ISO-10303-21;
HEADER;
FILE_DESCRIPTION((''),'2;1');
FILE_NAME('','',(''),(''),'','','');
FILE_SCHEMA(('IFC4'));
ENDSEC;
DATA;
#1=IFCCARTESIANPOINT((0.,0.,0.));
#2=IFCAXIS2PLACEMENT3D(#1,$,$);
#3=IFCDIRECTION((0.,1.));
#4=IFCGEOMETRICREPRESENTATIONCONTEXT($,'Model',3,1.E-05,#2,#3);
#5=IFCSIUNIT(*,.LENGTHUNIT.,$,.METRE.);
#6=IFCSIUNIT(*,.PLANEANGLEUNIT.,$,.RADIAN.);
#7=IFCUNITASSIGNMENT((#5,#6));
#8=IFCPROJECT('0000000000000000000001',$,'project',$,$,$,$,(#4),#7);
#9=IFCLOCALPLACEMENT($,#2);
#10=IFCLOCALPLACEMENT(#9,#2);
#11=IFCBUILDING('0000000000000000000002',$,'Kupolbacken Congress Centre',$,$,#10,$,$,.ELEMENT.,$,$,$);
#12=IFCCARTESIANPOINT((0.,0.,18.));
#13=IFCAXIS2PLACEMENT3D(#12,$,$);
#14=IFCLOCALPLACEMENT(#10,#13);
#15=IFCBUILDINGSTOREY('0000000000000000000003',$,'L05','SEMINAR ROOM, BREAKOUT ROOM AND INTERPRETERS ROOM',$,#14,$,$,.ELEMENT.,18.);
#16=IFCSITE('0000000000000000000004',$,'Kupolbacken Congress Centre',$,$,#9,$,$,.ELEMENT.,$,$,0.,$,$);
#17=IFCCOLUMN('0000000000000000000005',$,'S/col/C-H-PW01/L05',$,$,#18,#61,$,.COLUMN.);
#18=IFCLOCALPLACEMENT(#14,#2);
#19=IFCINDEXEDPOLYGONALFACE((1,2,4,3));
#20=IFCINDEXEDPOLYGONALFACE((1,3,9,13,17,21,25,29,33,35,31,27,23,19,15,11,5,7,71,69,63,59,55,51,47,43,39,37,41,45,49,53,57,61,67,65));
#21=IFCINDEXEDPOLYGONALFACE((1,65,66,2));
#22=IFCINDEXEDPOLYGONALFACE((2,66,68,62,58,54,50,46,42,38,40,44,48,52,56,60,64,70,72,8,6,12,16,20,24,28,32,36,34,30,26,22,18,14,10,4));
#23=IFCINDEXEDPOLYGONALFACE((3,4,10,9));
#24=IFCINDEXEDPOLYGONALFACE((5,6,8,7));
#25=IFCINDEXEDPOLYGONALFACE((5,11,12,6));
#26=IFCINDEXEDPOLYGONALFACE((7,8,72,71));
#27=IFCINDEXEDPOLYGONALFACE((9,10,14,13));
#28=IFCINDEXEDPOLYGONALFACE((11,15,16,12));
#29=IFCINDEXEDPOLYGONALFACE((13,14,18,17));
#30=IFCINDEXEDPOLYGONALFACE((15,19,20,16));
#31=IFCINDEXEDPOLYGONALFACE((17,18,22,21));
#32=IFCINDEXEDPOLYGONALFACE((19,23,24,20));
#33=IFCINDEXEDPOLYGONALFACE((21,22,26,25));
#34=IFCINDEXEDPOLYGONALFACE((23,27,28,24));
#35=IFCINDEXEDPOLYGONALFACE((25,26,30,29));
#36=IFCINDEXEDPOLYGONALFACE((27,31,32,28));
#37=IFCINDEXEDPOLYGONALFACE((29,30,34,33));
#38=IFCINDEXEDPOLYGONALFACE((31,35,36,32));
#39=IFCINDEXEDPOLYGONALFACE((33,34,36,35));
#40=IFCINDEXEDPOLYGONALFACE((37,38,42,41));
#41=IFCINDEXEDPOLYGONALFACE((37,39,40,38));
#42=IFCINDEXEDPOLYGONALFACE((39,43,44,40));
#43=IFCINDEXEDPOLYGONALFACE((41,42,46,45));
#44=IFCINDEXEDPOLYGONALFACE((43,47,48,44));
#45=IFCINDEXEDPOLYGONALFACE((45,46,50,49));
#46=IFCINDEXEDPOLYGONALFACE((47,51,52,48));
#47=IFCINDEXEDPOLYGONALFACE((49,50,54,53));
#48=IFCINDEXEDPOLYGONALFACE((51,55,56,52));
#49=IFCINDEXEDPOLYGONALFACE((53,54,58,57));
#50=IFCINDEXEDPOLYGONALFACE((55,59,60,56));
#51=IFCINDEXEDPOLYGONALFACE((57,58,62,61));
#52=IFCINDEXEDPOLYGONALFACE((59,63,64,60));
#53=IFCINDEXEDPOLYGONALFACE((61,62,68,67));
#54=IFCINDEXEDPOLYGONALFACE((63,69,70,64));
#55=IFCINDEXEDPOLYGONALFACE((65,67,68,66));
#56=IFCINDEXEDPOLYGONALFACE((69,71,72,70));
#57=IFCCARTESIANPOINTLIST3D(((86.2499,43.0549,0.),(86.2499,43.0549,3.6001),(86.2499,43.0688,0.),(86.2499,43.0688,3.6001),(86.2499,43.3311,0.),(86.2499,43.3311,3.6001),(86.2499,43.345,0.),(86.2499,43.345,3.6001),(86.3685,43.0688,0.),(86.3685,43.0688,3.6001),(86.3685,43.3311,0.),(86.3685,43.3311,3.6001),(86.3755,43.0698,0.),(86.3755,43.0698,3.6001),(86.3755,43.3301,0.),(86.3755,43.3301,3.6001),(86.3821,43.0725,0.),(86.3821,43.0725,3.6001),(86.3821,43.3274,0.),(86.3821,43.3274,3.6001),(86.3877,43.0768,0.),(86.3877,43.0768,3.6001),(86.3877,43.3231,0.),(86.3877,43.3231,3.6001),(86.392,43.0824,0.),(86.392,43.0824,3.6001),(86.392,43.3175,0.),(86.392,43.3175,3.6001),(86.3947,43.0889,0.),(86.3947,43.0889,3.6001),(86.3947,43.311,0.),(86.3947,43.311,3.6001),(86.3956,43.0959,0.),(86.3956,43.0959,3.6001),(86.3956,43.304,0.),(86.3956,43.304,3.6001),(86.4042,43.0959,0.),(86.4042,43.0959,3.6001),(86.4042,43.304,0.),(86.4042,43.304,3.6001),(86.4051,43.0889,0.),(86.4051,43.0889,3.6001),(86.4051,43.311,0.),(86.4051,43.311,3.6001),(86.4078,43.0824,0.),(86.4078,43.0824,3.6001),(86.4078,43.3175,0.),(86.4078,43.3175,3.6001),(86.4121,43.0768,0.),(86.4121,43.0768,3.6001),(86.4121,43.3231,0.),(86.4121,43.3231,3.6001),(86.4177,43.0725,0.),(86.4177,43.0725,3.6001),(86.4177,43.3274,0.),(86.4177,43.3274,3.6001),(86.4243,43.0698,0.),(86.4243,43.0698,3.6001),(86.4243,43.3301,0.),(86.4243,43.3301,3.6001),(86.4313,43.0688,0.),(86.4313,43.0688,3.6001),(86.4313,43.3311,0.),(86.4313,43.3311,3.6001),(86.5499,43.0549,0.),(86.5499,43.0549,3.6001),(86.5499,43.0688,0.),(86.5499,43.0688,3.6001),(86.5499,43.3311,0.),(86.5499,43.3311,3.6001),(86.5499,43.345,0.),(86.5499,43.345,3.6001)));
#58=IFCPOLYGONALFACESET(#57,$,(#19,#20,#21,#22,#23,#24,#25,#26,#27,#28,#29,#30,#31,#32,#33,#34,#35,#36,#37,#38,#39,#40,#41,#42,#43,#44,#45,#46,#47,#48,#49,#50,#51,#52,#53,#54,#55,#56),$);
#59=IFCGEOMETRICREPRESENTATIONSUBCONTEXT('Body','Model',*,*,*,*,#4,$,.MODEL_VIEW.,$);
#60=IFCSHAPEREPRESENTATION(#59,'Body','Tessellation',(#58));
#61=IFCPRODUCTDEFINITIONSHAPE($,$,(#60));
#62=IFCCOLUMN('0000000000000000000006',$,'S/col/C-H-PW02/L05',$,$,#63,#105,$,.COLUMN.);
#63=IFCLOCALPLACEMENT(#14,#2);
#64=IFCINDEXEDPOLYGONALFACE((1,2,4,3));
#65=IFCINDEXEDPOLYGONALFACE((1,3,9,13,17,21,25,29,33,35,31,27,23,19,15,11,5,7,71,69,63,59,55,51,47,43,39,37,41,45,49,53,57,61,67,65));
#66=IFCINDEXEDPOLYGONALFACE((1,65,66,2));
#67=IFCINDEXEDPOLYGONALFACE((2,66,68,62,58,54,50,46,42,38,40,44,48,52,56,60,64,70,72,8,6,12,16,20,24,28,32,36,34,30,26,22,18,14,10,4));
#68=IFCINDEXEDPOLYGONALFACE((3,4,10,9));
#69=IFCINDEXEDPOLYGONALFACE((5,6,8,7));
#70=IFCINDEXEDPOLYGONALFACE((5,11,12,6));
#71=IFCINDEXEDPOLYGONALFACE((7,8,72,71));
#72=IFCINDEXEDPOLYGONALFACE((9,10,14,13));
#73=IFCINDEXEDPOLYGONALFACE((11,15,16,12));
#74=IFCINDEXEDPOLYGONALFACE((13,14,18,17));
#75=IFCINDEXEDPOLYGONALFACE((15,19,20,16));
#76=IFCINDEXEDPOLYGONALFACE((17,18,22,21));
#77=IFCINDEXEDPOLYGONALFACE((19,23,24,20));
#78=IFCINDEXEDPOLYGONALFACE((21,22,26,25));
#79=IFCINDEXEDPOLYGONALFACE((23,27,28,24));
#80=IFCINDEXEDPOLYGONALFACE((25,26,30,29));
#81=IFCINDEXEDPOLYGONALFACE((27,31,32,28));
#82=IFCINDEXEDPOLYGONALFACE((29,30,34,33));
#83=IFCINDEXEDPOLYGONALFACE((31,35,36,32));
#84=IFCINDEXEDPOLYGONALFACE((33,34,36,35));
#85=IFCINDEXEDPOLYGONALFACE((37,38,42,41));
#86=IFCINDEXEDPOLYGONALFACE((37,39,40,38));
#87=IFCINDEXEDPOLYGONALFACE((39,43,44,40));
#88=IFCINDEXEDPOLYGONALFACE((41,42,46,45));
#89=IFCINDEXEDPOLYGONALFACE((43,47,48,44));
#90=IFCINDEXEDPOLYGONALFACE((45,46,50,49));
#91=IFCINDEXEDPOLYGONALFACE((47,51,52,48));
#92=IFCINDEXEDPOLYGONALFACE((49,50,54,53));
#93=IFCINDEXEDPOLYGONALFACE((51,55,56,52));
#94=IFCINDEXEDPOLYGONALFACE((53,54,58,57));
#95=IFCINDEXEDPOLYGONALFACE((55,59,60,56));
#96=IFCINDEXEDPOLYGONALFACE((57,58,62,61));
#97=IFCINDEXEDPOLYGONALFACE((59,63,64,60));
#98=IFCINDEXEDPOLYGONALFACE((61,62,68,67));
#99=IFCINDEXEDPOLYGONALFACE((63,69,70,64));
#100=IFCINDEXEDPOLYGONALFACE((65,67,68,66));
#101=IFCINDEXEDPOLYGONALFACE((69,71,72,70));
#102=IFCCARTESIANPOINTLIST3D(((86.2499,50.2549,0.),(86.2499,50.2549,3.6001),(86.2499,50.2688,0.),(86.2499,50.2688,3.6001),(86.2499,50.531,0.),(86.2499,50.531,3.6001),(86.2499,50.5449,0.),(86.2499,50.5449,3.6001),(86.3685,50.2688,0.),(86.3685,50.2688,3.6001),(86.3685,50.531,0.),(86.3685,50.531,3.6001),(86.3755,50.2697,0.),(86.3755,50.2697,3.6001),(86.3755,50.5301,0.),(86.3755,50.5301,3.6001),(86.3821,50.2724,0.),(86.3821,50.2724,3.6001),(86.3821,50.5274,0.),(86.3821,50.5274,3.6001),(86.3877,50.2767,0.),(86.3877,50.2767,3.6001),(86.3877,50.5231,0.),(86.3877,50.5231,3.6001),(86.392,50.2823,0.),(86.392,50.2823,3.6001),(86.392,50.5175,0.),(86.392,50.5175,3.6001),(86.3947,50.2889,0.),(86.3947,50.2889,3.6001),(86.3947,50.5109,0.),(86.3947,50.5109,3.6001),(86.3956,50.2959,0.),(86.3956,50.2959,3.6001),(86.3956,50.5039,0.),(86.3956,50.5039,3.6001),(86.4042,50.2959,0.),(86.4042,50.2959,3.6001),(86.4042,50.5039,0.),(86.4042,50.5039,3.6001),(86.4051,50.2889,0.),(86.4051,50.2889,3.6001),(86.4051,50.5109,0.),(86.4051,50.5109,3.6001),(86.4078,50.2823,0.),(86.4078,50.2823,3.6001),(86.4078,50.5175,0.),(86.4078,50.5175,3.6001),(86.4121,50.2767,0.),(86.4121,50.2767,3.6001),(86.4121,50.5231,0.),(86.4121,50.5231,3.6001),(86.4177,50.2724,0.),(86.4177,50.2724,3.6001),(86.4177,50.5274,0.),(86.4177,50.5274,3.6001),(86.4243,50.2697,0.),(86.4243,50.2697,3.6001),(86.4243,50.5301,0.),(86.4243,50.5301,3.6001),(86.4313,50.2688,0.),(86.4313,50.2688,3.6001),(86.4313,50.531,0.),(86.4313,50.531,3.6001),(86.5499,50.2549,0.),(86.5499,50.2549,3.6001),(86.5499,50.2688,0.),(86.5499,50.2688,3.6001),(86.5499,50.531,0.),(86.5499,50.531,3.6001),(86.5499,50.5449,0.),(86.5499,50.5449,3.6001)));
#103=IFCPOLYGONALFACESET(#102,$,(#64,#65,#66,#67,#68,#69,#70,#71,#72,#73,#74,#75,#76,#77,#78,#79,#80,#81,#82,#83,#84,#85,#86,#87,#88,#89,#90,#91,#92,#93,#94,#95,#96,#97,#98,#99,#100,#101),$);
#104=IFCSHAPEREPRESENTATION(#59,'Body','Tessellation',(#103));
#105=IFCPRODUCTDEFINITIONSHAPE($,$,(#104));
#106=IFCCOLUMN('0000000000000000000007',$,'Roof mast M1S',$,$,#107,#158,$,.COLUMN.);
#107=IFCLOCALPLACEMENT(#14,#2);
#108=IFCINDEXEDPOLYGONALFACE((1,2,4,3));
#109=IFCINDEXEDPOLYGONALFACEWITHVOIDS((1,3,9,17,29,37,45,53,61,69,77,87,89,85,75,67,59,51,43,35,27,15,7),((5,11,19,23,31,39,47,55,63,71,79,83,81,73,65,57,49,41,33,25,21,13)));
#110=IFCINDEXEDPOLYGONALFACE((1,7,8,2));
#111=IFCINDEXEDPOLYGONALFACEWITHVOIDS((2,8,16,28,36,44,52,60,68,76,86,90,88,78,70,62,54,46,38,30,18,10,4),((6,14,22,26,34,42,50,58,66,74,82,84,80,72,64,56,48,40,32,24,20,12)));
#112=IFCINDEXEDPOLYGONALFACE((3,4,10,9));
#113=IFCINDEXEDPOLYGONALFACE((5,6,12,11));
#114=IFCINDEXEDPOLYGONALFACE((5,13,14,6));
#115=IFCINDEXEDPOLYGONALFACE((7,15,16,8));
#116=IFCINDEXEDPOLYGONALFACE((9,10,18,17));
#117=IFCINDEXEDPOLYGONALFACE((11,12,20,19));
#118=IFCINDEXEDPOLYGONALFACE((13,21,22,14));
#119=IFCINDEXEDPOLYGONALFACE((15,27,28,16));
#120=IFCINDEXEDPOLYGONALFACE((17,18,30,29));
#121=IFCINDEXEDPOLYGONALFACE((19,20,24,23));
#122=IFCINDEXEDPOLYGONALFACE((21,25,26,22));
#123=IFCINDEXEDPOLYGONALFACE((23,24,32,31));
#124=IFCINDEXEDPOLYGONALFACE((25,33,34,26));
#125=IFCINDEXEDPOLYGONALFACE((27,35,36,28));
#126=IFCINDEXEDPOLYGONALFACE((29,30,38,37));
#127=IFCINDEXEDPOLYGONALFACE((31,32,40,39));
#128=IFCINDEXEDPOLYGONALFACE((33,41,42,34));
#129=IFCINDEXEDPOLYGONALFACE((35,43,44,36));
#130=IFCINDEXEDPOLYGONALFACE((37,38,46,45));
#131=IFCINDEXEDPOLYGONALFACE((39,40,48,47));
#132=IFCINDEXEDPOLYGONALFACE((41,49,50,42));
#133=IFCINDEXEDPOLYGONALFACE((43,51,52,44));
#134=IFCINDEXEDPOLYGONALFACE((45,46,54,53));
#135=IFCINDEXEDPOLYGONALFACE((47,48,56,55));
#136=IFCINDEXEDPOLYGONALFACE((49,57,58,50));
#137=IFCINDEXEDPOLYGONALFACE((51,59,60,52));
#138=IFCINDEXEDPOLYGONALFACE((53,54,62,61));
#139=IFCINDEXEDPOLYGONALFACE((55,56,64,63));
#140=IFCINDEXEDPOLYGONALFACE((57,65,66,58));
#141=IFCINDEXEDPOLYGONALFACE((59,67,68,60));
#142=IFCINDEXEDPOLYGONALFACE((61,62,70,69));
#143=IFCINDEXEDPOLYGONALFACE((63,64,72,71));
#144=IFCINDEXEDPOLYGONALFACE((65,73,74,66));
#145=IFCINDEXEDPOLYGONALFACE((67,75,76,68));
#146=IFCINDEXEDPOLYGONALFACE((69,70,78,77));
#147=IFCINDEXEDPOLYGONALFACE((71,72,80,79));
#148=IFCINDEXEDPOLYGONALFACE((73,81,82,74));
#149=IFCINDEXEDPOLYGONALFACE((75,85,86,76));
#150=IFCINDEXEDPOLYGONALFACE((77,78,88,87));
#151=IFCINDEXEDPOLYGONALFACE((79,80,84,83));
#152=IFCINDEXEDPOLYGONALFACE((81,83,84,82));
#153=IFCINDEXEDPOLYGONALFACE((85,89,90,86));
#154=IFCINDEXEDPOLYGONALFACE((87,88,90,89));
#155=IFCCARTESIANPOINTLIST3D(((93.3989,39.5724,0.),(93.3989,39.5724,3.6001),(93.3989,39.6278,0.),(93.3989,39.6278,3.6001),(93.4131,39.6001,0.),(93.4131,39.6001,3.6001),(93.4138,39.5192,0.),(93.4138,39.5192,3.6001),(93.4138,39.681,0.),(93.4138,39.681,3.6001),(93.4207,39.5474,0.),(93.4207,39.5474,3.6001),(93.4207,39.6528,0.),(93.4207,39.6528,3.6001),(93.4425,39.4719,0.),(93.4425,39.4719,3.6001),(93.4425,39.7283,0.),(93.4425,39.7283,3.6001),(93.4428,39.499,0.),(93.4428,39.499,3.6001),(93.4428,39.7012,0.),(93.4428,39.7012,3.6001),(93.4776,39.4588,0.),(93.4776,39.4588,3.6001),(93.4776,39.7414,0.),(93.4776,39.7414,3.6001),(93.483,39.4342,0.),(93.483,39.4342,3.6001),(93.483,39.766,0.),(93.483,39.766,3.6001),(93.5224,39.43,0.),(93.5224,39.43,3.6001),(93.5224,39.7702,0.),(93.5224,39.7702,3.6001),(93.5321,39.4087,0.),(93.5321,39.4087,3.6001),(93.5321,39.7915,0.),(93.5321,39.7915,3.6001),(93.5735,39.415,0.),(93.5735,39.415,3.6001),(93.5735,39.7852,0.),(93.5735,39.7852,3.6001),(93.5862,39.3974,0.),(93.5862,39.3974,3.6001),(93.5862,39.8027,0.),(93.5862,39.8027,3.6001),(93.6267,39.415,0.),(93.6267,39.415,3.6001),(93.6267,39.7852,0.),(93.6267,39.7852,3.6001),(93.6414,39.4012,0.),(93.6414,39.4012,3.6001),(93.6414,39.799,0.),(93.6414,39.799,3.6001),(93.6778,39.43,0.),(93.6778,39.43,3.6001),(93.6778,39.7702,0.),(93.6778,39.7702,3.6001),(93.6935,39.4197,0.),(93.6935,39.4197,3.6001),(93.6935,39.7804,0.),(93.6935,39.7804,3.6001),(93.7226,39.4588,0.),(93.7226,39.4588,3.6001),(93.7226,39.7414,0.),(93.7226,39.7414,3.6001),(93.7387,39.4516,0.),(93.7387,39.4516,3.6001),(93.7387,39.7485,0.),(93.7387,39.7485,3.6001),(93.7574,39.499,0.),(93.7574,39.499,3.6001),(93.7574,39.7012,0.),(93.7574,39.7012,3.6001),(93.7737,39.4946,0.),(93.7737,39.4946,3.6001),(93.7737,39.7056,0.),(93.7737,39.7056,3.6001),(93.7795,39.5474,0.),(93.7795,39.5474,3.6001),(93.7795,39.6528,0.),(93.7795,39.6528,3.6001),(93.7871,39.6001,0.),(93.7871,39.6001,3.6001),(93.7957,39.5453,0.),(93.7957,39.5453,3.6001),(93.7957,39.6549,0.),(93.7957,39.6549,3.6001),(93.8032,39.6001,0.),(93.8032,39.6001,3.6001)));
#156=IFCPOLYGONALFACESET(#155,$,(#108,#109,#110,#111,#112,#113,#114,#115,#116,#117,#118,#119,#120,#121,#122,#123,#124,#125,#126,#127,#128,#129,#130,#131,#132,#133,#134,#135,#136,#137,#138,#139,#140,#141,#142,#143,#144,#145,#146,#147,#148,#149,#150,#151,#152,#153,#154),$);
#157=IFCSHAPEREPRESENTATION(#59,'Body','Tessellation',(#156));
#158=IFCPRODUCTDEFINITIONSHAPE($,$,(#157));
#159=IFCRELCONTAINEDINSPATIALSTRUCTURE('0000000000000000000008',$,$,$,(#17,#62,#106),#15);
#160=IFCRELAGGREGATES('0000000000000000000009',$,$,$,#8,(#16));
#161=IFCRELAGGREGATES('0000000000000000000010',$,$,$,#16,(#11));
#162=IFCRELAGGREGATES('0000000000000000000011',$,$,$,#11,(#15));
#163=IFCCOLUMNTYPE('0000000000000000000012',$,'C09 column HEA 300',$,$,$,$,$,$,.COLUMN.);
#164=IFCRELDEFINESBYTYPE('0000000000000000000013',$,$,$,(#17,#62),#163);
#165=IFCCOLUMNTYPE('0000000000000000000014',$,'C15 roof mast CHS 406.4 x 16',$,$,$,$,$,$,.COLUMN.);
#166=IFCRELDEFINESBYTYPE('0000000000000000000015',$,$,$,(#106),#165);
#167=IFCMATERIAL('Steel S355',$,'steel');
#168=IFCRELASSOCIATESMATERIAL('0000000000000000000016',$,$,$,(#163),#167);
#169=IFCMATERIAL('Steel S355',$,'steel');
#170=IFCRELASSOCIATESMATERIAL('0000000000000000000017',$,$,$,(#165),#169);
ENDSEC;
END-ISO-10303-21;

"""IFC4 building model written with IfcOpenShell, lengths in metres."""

from ifc_helpers import new_model, si_unit, direction, frame, origin, origin_2d, place, context, subcontext, project, spatial, hollow_circle, i_section, extrude, material, material_profile, profile_set, type_object, element, save


model = new_model("IFC4")

# Units and contexts
model_context = context("Model", 3, precision=1e-05, world=origin(), true_north=direction((0.0, 1.0)))
body_context = subcontext(model_context, "Body", "Model", "MODEL_VIEW")
ifc_project = project(units=[si_unit("LENGTHUNIT", "METRE"), si_unit("PLANEANGLEUNIT", "RADIAN")], contexts=[model_context])

# Site, building, storey
site_placement = place(None, origin())
site = spatial("IfcSite", under=ifc_project, at=site_placement, Name="Kupolbacken Congress Centre", CompositionType="ELEMENT", RefElevation=0.0)
building_placement = place(site_placement, origin())
building = spatial("IfcBuilding", under=site, at=building_placement, Name="Kupolbacken Congress Centre", CompositionType="ELEMENT")
storey_placement = place(building_placement, frame((0.0, 0.0, 18.0)))
storey = spatial("IfcBuildingStorey", under=building, at=storey_placement, Name="L05", Description="SEMINAR ROOM, BREAKOUT ROOM AND INTERPRETERS ROOM", CompositionType="ELEMENT", Elevation=18.0)

# Columns
ifc_material_1 = material(Name="Steel S355", Category="steel")
ifc_material_profile_1 = material_profile(ifc_material_1, i_section(OverallWidth=0.3, OverallDepth=0.29, WebThickness=0.0085, FlangeThickness=0.0139, FilletRadius=0.0271, at=origin_2d()), Name="HEA 300")
ifc_profile_set_1 = profile_set([ifc_material_profile_1], Name="Steel S355")
column_type_1 = type_object("IfcColumnType", Name="C09 column HEA 300", PredefinedType="COLUMN", material=ifc_profile_set_1)
for number, where, z_axis, x_axis, name in (
    (1, (86.3999, 43.2, 0.0), (0.0, 0.0, 1.0), (1.0, 0.0, 0.0), "S/col/C-H-PW01/L05"),
    (2, (86.3999, 50.3999, 0.0), (0.0, 0.0, 1.0), (1.0, 0.0, 0.0), "S/col/C-H-PW02/L05"),
):
    element("IfcColumn", number, at=place(storey_placement, frame(where, z_axis=z_axis, x_axis=x_axis)), inside=storey, type_object=column_type_1, Name=name, PredefinedType="COLUMN", context=body_context, shape_type="SweptSolid", body=[
        extrude(i_section(OverallWidth=0.3, OverallDepth=0.29, WebThickness=0.0085, FlangeThickness=0.0139, FilletRadius=0.0271, at=origin_2d()), origin(), (0.0, 0.0, 1.0), 3.6001),
    ])
ifc_material_2 = material(Name="Steel S355", Category="steel")
ifc_material_profile_2 = material_profile(ifc_material_2, hollow_circle(Radius=0.2031, WallThickness=0.0161, at=origin_2d()), Name="CHS 406.4 x 16")
ifc_profile_set_2 = profile_set([ifc_material_profile_2], Name="Steel S355")
column_type_2 = type_object("IfcColumnType", Name="C15 roof mast CHS 406.4 x 16", PredefinedType="COLUMN", material=ifc_profile_set_2)
column_placement = place(storey_placement, frame((93.6001, 39.6001, 0.0), z_axis=(0.0, 0.0, 1.0), x_axis=(1.0, 0.0, 0.0)))
element("IfcColumn", 3, at=column_placement, inside=storey, type_object=column_type_2, Name="Roof mast M1S", PredefinedType="COLUMN", context=body_context, shape_type="SweptSolid", body=[
    extrude(hollow_circle(Radius=0.2031, WallThickness=0.0161, at=origin_2d()), origin(), (0.0, 0.0, 1.0), 3.6001),
])

save(model, "model.ifc")
